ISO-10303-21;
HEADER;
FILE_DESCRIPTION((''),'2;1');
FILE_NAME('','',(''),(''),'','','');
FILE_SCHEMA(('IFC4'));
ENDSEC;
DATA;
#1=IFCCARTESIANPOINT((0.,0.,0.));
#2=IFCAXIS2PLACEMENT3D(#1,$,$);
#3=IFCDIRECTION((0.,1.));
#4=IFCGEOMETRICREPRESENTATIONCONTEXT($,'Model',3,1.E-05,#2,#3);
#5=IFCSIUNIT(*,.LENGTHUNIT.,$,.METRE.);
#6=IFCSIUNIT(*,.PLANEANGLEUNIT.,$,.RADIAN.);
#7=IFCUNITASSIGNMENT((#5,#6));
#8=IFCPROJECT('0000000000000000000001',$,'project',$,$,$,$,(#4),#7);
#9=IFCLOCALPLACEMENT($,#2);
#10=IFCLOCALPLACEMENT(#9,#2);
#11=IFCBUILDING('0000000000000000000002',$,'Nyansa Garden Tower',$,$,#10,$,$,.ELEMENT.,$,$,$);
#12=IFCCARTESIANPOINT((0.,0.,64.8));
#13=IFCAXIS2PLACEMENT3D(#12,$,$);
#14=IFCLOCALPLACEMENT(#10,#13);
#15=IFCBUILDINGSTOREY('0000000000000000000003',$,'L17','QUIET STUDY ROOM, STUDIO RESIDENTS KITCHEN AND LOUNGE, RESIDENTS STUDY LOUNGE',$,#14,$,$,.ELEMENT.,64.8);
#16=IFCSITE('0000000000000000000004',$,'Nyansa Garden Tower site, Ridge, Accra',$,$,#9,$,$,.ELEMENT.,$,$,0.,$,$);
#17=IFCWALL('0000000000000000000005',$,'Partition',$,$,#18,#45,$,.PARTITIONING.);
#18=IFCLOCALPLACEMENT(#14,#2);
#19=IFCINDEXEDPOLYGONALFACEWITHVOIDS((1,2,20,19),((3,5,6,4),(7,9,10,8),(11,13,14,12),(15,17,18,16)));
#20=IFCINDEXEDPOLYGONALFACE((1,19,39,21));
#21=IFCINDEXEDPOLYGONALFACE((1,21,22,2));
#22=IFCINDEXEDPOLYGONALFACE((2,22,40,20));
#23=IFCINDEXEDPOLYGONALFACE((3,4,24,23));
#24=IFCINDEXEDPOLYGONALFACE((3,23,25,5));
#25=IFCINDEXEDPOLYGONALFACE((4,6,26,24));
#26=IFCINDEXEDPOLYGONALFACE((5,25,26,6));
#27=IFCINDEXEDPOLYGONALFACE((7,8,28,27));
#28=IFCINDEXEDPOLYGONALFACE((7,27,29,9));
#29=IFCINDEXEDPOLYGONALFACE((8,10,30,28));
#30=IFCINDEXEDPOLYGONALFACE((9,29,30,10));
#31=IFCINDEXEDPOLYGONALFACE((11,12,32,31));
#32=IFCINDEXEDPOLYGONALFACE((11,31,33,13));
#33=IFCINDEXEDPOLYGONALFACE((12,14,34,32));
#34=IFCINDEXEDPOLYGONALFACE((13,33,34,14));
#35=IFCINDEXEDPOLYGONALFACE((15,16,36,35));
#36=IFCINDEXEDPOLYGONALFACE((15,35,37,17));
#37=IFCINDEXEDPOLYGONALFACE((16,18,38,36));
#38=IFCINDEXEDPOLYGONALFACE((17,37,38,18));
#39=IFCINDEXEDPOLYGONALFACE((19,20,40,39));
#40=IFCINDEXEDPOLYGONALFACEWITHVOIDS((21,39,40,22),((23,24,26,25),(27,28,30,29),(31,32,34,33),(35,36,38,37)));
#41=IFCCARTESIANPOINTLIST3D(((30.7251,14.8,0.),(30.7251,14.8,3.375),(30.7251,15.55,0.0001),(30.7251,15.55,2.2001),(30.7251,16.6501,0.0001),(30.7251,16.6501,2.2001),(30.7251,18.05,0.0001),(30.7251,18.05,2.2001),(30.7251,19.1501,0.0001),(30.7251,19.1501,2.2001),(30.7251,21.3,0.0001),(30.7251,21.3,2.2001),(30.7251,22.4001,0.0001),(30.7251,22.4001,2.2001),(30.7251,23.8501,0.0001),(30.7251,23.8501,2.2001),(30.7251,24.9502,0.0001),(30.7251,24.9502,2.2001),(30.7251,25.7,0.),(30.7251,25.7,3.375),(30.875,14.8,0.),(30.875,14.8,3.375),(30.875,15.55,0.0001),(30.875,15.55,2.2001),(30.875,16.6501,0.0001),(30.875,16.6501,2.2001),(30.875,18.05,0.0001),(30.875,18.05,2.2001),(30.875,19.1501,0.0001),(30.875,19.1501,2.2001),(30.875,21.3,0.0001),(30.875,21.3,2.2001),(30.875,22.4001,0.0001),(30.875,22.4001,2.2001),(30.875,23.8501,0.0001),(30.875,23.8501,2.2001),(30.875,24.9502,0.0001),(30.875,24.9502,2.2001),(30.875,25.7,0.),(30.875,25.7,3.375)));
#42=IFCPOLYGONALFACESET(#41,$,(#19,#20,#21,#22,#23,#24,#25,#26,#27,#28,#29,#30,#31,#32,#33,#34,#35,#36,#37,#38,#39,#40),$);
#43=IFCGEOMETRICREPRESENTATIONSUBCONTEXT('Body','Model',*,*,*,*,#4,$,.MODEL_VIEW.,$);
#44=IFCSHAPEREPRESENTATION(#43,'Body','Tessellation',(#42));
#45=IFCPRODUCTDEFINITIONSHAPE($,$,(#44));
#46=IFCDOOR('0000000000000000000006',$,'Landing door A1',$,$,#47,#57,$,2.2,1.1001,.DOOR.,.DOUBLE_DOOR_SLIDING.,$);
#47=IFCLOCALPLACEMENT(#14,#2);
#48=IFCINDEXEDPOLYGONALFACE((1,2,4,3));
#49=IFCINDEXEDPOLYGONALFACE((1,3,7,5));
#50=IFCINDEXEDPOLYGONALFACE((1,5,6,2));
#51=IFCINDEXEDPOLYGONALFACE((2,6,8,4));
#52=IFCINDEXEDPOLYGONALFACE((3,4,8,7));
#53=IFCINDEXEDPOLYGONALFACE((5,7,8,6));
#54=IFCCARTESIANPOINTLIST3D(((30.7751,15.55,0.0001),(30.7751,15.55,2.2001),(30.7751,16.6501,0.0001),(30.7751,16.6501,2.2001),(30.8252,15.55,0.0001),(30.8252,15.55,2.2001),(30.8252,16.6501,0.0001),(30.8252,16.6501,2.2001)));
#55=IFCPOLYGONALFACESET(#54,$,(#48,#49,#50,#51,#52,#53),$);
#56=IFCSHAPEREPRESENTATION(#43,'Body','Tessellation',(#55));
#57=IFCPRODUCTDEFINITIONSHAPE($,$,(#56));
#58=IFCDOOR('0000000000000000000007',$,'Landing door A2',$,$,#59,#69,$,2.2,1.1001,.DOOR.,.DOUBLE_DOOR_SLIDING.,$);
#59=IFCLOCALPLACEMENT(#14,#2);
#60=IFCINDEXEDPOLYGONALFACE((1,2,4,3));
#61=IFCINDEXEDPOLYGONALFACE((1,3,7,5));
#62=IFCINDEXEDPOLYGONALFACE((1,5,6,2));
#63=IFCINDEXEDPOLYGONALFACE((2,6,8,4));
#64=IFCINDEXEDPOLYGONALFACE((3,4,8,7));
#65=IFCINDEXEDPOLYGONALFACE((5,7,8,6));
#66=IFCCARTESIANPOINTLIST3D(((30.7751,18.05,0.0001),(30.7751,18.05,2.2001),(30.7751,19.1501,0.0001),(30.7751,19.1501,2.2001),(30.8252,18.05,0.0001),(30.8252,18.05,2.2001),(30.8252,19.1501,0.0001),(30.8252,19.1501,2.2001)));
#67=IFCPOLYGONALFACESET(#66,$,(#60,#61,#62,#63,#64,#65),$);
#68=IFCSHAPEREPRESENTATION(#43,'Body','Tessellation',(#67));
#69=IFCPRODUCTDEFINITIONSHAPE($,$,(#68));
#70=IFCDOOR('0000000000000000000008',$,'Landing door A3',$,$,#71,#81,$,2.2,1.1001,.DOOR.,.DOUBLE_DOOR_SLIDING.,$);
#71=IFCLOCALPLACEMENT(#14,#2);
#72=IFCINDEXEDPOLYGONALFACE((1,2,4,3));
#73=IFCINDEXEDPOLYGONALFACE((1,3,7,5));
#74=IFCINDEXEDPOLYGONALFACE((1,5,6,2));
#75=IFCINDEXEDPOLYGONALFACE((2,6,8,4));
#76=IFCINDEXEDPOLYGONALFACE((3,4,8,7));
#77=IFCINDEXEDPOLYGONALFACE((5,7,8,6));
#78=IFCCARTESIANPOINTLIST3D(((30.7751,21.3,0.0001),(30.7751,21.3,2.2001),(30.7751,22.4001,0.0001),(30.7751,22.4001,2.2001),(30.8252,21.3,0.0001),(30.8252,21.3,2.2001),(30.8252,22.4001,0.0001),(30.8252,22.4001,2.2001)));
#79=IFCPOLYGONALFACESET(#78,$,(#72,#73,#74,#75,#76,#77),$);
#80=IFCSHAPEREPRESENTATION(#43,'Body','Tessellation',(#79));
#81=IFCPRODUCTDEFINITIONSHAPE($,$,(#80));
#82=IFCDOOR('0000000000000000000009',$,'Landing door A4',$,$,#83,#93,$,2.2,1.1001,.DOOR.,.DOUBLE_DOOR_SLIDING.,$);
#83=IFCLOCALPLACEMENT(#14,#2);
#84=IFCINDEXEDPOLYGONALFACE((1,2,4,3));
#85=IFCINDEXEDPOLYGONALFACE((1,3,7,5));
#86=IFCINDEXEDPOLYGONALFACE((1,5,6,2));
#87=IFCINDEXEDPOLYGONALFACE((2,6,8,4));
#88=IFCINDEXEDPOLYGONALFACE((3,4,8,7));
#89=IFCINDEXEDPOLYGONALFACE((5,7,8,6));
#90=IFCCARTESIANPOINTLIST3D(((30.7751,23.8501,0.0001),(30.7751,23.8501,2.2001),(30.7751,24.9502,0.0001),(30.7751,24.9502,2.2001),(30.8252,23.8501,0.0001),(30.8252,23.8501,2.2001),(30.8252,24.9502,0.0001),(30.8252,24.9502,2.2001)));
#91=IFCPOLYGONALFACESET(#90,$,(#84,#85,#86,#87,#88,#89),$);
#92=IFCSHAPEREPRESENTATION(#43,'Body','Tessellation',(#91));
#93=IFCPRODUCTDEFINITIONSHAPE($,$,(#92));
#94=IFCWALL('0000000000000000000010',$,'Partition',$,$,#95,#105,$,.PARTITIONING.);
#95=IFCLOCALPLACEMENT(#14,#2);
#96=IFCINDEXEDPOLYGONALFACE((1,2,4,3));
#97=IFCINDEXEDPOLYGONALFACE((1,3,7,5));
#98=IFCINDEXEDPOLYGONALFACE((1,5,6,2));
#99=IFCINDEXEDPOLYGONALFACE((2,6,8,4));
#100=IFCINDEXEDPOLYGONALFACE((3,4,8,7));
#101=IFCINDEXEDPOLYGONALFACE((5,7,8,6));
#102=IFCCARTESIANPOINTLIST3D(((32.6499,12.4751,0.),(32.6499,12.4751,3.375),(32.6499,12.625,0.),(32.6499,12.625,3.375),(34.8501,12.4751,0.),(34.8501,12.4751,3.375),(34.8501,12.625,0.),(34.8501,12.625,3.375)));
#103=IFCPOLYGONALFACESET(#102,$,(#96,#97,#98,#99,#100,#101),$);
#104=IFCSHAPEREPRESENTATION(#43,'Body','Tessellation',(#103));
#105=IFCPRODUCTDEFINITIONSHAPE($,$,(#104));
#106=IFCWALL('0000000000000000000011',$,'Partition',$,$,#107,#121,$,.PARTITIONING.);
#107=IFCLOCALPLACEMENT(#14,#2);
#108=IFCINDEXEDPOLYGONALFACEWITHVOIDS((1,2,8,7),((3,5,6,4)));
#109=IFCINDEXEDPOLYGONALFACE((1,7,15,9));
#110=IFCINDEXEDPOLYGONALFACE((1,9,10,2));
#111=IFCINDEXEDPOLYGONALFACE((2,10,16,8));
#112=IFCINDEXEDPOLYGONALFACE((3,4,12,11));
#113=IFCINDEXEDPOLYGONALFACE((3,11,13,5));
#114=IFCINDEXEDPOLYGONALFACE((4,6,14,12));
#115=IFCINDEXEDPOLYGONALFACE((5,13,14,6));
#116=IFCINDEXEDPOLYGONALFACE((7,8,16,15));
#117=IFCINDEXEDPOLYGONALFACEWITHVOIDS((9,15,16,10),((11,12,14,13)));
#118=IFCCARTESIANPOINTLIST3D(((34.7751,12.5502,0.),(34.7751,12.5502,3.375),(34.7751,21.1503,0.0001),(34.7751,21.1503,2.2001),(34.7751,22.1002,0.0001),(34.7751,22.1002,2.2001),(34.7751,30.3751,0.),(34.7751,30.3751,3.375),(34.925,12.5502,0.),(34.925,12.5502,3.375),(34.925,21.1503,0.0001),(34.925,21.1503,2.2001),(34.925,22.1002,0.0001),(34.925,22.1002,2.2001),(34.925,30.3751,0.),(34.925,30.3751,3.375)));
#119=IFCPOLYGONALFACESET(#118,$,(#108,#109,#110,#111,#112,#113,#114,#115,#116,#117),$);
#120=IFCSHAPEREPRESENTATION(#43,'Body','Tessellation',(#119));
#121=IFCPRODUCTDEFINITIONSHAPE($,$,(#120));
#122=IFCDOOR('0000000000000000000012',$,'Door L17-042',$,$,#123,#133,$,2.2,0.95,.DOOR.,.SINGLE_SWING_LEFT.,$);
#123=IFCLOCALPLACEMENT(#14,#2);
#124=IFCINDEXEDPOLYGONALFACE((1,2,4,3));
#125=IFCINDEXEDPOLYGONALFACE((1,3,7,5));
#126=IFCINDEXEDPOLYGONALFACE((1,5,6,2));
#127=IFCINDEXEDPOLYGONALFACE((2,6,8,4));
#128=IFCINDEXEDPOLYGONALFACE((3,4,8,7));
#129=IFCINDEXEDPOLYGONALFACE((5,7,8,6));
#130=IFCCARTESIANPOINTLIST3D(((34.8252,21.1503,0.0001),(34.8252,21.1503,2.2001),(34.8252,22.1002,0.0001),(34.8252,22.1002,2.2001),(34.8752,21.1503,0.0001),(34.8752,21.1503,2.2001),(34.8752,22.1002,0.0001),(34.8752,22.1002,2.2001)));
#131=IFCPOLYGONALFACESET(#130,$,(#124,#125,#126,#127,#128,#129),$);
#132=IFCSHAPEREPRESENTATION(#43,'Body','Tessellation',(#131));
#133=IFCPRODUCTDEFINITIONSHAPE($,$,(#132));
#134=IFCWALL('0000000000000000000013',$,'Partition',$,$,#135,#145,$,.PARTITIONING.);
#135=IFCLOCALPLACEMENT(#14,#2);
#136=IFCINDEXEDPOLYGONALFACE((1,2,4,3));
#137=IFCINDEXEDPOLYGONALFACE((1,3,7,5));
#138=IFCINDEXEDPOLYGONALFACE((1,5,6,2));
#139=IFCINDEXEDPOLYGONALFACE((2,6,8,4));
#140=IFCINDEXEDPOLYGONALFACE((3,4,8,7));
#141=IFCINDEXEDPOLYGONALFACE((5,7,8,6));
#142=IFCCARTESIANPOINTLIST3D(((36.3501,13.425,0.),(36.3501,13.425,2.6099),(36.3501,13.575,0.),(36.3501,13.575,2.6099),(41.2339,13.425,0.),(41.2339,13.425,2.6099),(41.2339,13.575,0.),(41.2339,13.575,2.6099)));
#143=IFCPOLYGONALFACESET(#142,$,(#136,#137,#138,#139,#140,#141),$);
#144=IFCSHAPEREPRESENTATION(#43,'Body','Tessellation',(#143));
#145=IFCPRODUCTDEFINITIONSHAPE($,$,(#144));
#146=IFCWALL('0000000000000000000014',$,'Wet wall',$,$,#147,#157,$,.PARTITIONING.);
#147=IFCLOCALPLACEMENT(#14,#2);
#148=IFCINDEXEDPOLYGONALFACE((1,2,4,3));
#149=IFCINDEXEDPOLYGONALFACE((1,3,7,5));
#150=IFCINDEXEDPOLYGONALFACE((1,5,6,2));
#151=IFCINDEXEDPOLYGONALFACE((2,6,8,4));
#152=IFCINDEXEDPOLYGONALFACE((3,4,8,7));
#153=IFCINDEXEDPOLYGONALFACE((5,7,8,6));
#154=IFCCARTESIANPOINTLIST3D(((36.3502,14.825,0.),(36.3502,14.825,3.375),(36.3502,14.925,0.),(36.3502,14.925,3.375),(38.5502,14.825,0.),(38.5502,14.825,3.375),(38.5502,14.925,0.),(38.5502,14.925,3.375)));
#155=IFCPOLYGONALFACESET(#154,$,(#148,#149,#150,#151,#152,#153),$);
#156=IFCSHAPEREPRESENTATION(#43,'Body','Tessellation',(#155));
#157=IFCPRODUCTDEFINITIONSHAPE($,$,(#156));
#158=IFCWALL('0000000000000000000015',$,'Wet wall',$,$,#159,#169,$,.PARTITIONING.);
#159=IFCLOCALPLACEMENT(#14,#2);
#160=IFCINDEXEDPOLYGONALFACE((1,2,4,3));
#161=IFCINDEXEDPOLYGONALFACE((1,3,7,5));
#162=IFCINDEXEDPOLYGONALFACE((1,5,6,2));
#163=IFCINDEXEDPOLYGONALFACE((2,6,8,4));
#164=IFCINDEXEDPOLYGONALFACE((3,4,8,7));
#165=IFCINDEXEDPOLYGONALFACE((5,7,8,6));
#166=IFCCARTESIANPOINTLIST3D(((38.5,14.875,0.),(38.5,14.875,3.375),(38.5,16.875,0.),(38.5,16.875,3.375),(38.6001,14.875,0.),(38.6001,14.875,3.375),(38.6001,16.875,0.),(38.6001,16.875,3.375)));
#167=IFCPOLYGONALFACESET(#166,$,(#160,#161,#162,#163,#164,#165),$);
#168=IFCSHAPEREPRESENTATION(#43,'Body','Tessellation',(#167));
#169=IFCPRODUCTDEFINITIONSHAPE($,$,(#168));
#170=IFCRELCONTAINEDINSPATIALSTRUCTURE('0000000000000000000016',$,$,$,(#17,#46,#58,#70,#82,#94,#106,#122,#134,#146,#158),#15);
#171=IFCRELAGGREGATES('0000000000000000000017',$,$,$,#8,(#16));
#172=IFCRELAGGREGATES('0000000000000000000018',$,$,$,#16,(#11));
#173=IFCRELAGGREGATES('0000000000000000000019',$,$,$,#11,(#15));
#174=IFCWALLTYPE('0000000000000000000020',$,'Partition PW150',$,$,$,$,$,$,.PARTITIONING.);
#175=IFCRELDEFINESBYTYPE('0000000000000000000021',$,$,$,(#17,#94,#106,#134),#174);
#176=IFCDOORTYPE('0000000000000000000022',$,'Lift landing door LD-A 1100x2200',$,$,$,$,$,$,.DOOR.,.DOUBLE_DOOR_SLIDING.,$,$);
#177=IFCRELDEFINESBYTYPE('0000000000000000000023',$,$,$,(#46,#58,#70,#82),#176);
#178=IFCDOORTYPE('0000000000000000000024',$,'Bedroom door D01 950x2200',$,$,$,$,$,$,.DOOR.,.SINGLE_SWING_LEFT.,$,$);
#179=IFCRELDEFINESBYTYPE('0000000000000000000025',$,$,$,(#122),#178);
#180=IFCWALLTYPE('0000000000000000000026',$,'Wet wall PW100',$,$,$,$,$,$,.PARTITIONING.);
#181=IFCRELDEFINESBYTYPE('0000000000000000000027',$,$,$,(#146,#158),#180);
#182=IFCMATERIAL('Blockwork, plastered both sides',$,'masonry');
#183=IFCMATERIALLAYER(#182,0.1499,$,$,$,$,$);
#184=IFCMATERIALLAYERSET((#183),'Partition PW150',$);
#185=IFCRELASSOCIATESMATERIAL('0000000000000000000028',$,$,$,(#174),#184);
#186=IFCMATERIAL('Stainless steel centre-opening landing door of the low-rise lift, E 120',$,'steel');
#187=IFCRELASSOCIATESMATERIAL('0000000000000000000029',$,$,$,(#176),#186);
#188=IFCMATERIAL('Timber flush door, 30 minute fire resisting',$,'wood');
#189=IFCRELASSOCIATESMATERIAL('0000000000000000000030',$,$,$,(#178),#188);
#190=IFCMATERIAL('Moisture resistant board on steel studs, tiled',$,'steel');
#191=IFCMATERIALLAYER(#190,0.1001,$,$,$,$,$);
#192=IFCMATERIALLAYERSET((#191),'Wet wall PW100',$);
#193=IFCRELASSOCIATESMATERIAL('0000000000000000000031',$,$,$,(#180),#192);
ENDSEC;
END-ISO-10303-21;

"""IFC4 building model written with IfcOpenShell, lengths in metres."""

from ifc_helpers import new_model, si_unit, direction, frame, frame_2d, origin, place, context, subcontext, project, spatial, rectangle, extrude, material, layer, layer_set, type_object, element, fill, save


model = new_model("IFC4")

# Units and contexts
model_context = context("Model", 3, precision=1e-05, world=origin(), true_north=direction((0.0, 1.0)))
body_context = subcontext(model_context, "Body", "Model", "MODEL_VIEW")
ifc_project = project(units=[si_unit("LENGTHUNIT", "METRE"), si_unit("PLANEANGLEUNIT", "RADIAN")], contexts=[model_context])

# Site, building, storey
site_placement = place(None, origin())
site = spatial("IfcSite", under=ifc_project, at=site_placement, Name="Nyansa Garden Tower site, Ridge, Accra", CompositionType="ELEMENT", RefElevation=0.0)
building_placement = place(site_placement, origin())
building = spatial("IfcBuilding", under=site, at=building_placement, Name="Nyansa Garden Tower", CompositionType="ELEMENT")
storey_placement = place(building_placement, frame((0.0, 0.0, 64.8)))
storey = spatial("IfcBuildingStorey", under=building, at=storey_placement, Name="L17", Description="QUIET STUDY ROOM, STUDIO RESIDENTS KITCHEN AND LOUNGE, RESIDENTS STUDY LOUNGE", CompositionType="ELEMENT", Elevation=64.8)

# Wall, openings, doors
ifc_material_1 = material(Name="Blockwork, plastered both sides", Category="masonry")
ifc_layer_1 = layer(ifc_material_1, 0.1499)
ifc_layer_set_1 = layer_set([ifc_layer_1], Name="Partition PW150")
wall_type_1 = type_object("IfcWallType", Name="Partition PW150", PredefinedType="PARTITIONING", material=ifc_layer_set_1)
wall_1_placement = place(storey_placement, frame((30.8, 14.8, 0.0), z_axis=(0.0, 0.0, 1.0), x_axis=(0.0, 1.0, 0.0)))
wall_1 = element("IfcWall", 1, at=wall_1_placement, inside=storey, type_object=wall_type_1, Name="Partition", PredefinedType="PARTITIONING", context=body_context, shape_type="SweptSolid", body=[
    extrude(rectangle(XDim=10.8999, YDim=0.1499, at=frame_2d((5.45, 0.0))), origin(), (0.0, 0.0, 1.0), 3.375),
])
opening_1_placement = place(wall_1_placement, frame((0.75, 0.0, 0.0)))
opening_1 = element("IfcOpeningElement", 2, at=opening_1_placement, cuts=wall_1, PredefinedType="OPENING", context=body_context, shape_type="SweptSolid", body=[
    extrude(rectangle(XDim=1.1001, YDim=2.2, at=frame_2d((0.55, 1.1001))), frame((0.0, 0.085, 0.0), z_axis=(0.0, -1.0, 0.0), x_axis=(1.0, 0.0, 0.0)), (0.0, 0.0, 1.0), 0.1699),
])
opening_2_placement = place(wall_1_placement, frame((3.25, 0.0, 0.0)))
opening_2 = element("IfcOpeningElement", 3, at=opening_2_placement, cuts=wall_1, PredefinedType="OPENING", context=body_context, shape_type="SweptSolid", body=[
    extrude(rectangle(XDim=1.1001, YDim=2.2, at=frame_2d((0.55, 1.1001))), frame((0.0, 0.085, 0.0), z_axis=(0.0, -1.0, 0.0), x_axis=(1.0, 0.0, 0.0)), (0.0, 0.0, 1.0), 0.1699),
])
opening_3_placement = place(wall_1_placement, frame((6.5, 0.0, 0.0)))
opening_3 = element("IfcOpeningElement", 4, at=opening_3_placement, cuts=wall_1, PredefinedType="OPENING", context=body_context, shape_type="SweptSolid", body=[
    extrude(rectangle(XDim=1.1001, YDim=2.2, at=frame_2d((0.55, 1.1001))), frame((0.0, 0.085, 0.0), z_axis=(0.0, -1.0, 0.0), x_axis=(1.0, 0.0, 0.0)), (0.0, 0.0, 1.0), 0.1699),
])
opening_4_placement = place(wall_1_placement, frame((9.05, 0.0, 0.0)))
opening_4 = element("IfcOpeningElement", 5, at=opening_4_placement, cuts=wall_1, PredefinedType="OPENING", context=body_context, shape_type="SweptSolid", body=[
    extrude(rectangle(XDim=1.1001, YDim=2.2, at=frame_2d((0.55, 1.1001))), frame((0.0, 0.085, 0.0), z_axis=(0.0, -1.0, 0.0), x_axis=(1.0, 0.0, 0.0)), (0.0, 0.0, 1.0), 0.1699),
])
ifc_material_2 = material(Name="Stainless steel centre-opening landing door of the low-rise lift, E 120", Category="steel")
door_type_1 = type_object("IfcDoorType", Name="Lift landing door LD-A 1100x2200", OperationType="DOUBLE_DOOR_SLIDING", PredefinedType="DOOR", material=ifc_material_2)
door_1_placement = place(opening_1_placement, origin())
door_1 = element("IfcDoor", 6, at=door_1_placement, inside=storey, type_object=door_type_1, Name="Landing door A1", OperationType="DOUBLE_DOOR_SLIDING", OverallHeight=2.2, OverallWidth=1.1001, PredefinedType="DOOR", context=body_context, shape_type="SweptSolid", body=[
    extrude(rectangle(XDim=1.1001, YDim=2.2, at=frame_2d((0.55, 1.1001))), frame((0.0, 0.0249, 0.0), z_axis=(0.0, -1.0, 0.0), x_axis=(1.0, 0.0, 0.0)), (0.0, 0.0, 1.0), 0.05),
])
fill(opening_1, door_1)
door_2_placement = place(opening_2_placement, origin())
door_2 = element("IfcDoor", 7, at=door_2_placement, inside=storey, type_object=door_type_1, Name="Landing door A2", OperationType="DOUBLE_DOOR_SLIDING", OverallHeight=2.2, OverallWidth=1.1001, PredefinedType="DOOR", context=body_context, shape_type="SweptSolid", body=[
    extrude(rectangle(XDim=1.1001, YDim=2.2, at=frame_2d((0.55, 1.1001))), frame((0.0, 0.0249, 0.0), z_axis=(0.0, -1.0, 0.0), x_axis=(1.0, 0.0, 0.0)), (0.0, 0.0, 1.0), 0.05),
])
fill(opening_2, door_2)
door_3_placement = place(opening_3_placement, origin())
door_3 = element("IfcDoor", 8, at=door_3_placement, inside=storey, type_object=door_type_1, Name="Landing door A3", OperationType="DOUBLE_DOOR_SLIDING", OverallHeight=2.2, OverallWidth=1.1001, PredefinedType="DOOR", context=body_context, shape_type="SweptSolid", body=[
    extrude(rectangle(XDim=1.1001, YDim=2.2, at=frame_2d((0.55, 1.1001))), frame((0.0, 0.0249, 0.0), z_axis=(0.0, -1.0, 0.0), x_axis=(1.0, 0.0, 0.0)), (0.0, 0.0, 1.0), 0.05),
])
fill(opening_3, door_3)
door_4_placement = place(opening_4_placement, origin())
door_4 = element("IfcDoor", 9, at=door_4_placement, inside=storey, type_object=door_type_1, Name="Landing door A4", OperationType="DOUBLE_DOOR_SLIDING", OverallHeight=2.2, OverallWidth=1.1001, PredefinedType="DOOR", context=body_context, shape_type="SweptSolid", body=[
    extrude(rectangle(XDim=1.1001, YDim=2.2, at=frame_2d((0.55, 1.1001))), frame((0.0, 0.0249, 0.0), z_axis=(0.0, -1.0, 0.0), x_axis=(1.0, 0.0, 0.0)), (0.0, 0.0, 1.0), 0.05),
])
fill(opening_4, door_4)

# Wall
wall_2_placement = place(storey_placement, frame((32.6499, 12.55, 0.0), z_axis=(0.0, 0.0, 1.0), x_axis=(1.0, 0.0, 0.0)))
element("IfcWall", 10, at=wall_2_placement, inside=storey, type_object=wall_type_1, Name="Partition", PredefinedType="PARTITIONING", context=body_context, shape_type="SweptSolid", body=[
    extrude(rectangle(XDim=2.2002, YDim=0.1499, at=frame_2d((1.1001, 0.0))), origin(), (0.0, 0.0, 1.0), 3.375),
])

# Wall, opening, door
wall_3_placement = place(storey_placement, frame((34.8501, 12.55, 0.0), z_axis=(0.0, 0.0, 1.0), x_axis=(0.0, 1.0, 0.0)))
wall_3 = element("IfcWall", 11, at=wall_3_placement, inside=storey, type_object=wall_type_1, Name="Partition", PredefinedType="PARTITIONING", context=body_context, shape_type="SweptSolid", body=[
    extrude(rectangle(XDim=17.825, YDim=0.1499, at=frame_2d((8.9126, 0.0))), origin(), (0.0, 0.0, 1.0), 3.375),
])
opening_5_placement = place(wall_3_placement, frame((8.6001, 0.0, 0.0)))
opening_5 = element("IfcOpeningElement", 12, at=opening_5_placement, cuts=wall_3, PredefinedType="OPENING", context=body_context, shape_type="SweptSolid", body=[
    extrude(rectangle(XDim=0.95, YDim=2.2, at=frame_2d((0.4751, 1.1001))), frame((0.0, 0.085, 0.0), z_axis=(0.0, -1.0, 0.0), x_axis=(1.0, 0.0, 0.0)), (0.0, 0.0, 1.0), 0.1699),
])
ifc_material_3 = material(Name="Timber flush door, 30 minute fire resisting", Category="wood")
door_type_2 = type_object("IfcDoorType", Name="Bedroom door D01 950x2200", OperationType="SINGLE_SWING_LEFT", PredefinedType="DOOR", material=ifc_material_3)
door_5_placement = place(opening_5_placement, origin())
door_5 = element("IfcDoor", 13, at=door_5_placement, inside=storey, type_object=door_type_2, Name="Door L17-042", OperationType="SINGLE_SWING_LEFT", OverallHeight=2.2, OverallWidth=0.95, PredefinedType="DOOR", context=body_context, shape_type="SweptSolid", body=[
    extrude(rectangle(XDim=0.95, YDim=2.2, at=frame_2d((0.4751, 1.1001))), frame((0.0, 0.0249, 0.0), z_axis=(0.0, -1.0, 0.0), x_axis=(1.0, 0.0, 0.0)), (0.0, 0.0, 1.0), 0.05),
])
fill(opening_5, door_5)

# Walls
wall_4_placement = place(storey_placement, frame((36.3501, 13.5, 0.0), z_axis=(0.0, 0.0, 1.0), x_axis=(1.0, 0.0, 0.0)))
element("IfcWall", 14, at=wall_4_placement, inside=storey, type_object=wall_type_1, Name="Partition", PredefinedType="PARTITIONING", context=body_context, shape_type="SweptSolid", body=[
    extrude(rectangle(XDim=4.8838, YDim=0.1499, at=frame_2d((2.4419, 0.0))), origin(), (0.0, 0.0, 1.0), 2.6099),
])
ifc_material_4 = material(Name="Moisture resistant board on steel studs, tiled", Category="steel")
ifc_layer_2 = layer(ifc_material_4, 0.1001)
ifc_layer_set_2 = layer_set([ifc_layer_2], Name="Wet wall PW100")
wall_type_2 = type_object("IfcWallType", Name="Wet wall PW100", PredefinedType="PARTITIONING", material=ifc_layer_set_2)
wall_5_placement = place(storey_placement, frame((36.3501, 14.875, 0.0), z_axis=(0.0, 0.0, 1.0), x_axis=(1.0, 0.0, 0.0)))
element("IfcWall", 15, at=wall_5_placement, inside=storey, type_object=wall_type_2, Name="Wet wall", PredefinedType="PARTITIONING", context=body_context, shape_type="SweptSolid", body=[
    extrude(rectangle(XDim=2.2, YDim=0.1001, at=frame_2d((1.1001, 0.0))), origin(), (0.0, 0.0, 1.0), 3.375),
])
wall_6_placement = place(storey_placement, frame((38.55, 14.875, 0.0), z_axis=(0.0, 0.0, 1.0), x_axis=(0.0, 1.0, 0.0)))
element("IfcWall", 16, at=wall_6_placement, inside=storey, type_object=wall_type_2, Name="Wet wall", PredefinedType="PARTITIONING", context=body_context, shape_type="SweptSolid", body=[
    extrude(rectangle(XDim=2.0, YDim=0.1001, at=frame_2d((1.0, 0.0))), origin(), (0.0, 0.0, 1.0), 3.375),
])

save(model, "model.ifc")
